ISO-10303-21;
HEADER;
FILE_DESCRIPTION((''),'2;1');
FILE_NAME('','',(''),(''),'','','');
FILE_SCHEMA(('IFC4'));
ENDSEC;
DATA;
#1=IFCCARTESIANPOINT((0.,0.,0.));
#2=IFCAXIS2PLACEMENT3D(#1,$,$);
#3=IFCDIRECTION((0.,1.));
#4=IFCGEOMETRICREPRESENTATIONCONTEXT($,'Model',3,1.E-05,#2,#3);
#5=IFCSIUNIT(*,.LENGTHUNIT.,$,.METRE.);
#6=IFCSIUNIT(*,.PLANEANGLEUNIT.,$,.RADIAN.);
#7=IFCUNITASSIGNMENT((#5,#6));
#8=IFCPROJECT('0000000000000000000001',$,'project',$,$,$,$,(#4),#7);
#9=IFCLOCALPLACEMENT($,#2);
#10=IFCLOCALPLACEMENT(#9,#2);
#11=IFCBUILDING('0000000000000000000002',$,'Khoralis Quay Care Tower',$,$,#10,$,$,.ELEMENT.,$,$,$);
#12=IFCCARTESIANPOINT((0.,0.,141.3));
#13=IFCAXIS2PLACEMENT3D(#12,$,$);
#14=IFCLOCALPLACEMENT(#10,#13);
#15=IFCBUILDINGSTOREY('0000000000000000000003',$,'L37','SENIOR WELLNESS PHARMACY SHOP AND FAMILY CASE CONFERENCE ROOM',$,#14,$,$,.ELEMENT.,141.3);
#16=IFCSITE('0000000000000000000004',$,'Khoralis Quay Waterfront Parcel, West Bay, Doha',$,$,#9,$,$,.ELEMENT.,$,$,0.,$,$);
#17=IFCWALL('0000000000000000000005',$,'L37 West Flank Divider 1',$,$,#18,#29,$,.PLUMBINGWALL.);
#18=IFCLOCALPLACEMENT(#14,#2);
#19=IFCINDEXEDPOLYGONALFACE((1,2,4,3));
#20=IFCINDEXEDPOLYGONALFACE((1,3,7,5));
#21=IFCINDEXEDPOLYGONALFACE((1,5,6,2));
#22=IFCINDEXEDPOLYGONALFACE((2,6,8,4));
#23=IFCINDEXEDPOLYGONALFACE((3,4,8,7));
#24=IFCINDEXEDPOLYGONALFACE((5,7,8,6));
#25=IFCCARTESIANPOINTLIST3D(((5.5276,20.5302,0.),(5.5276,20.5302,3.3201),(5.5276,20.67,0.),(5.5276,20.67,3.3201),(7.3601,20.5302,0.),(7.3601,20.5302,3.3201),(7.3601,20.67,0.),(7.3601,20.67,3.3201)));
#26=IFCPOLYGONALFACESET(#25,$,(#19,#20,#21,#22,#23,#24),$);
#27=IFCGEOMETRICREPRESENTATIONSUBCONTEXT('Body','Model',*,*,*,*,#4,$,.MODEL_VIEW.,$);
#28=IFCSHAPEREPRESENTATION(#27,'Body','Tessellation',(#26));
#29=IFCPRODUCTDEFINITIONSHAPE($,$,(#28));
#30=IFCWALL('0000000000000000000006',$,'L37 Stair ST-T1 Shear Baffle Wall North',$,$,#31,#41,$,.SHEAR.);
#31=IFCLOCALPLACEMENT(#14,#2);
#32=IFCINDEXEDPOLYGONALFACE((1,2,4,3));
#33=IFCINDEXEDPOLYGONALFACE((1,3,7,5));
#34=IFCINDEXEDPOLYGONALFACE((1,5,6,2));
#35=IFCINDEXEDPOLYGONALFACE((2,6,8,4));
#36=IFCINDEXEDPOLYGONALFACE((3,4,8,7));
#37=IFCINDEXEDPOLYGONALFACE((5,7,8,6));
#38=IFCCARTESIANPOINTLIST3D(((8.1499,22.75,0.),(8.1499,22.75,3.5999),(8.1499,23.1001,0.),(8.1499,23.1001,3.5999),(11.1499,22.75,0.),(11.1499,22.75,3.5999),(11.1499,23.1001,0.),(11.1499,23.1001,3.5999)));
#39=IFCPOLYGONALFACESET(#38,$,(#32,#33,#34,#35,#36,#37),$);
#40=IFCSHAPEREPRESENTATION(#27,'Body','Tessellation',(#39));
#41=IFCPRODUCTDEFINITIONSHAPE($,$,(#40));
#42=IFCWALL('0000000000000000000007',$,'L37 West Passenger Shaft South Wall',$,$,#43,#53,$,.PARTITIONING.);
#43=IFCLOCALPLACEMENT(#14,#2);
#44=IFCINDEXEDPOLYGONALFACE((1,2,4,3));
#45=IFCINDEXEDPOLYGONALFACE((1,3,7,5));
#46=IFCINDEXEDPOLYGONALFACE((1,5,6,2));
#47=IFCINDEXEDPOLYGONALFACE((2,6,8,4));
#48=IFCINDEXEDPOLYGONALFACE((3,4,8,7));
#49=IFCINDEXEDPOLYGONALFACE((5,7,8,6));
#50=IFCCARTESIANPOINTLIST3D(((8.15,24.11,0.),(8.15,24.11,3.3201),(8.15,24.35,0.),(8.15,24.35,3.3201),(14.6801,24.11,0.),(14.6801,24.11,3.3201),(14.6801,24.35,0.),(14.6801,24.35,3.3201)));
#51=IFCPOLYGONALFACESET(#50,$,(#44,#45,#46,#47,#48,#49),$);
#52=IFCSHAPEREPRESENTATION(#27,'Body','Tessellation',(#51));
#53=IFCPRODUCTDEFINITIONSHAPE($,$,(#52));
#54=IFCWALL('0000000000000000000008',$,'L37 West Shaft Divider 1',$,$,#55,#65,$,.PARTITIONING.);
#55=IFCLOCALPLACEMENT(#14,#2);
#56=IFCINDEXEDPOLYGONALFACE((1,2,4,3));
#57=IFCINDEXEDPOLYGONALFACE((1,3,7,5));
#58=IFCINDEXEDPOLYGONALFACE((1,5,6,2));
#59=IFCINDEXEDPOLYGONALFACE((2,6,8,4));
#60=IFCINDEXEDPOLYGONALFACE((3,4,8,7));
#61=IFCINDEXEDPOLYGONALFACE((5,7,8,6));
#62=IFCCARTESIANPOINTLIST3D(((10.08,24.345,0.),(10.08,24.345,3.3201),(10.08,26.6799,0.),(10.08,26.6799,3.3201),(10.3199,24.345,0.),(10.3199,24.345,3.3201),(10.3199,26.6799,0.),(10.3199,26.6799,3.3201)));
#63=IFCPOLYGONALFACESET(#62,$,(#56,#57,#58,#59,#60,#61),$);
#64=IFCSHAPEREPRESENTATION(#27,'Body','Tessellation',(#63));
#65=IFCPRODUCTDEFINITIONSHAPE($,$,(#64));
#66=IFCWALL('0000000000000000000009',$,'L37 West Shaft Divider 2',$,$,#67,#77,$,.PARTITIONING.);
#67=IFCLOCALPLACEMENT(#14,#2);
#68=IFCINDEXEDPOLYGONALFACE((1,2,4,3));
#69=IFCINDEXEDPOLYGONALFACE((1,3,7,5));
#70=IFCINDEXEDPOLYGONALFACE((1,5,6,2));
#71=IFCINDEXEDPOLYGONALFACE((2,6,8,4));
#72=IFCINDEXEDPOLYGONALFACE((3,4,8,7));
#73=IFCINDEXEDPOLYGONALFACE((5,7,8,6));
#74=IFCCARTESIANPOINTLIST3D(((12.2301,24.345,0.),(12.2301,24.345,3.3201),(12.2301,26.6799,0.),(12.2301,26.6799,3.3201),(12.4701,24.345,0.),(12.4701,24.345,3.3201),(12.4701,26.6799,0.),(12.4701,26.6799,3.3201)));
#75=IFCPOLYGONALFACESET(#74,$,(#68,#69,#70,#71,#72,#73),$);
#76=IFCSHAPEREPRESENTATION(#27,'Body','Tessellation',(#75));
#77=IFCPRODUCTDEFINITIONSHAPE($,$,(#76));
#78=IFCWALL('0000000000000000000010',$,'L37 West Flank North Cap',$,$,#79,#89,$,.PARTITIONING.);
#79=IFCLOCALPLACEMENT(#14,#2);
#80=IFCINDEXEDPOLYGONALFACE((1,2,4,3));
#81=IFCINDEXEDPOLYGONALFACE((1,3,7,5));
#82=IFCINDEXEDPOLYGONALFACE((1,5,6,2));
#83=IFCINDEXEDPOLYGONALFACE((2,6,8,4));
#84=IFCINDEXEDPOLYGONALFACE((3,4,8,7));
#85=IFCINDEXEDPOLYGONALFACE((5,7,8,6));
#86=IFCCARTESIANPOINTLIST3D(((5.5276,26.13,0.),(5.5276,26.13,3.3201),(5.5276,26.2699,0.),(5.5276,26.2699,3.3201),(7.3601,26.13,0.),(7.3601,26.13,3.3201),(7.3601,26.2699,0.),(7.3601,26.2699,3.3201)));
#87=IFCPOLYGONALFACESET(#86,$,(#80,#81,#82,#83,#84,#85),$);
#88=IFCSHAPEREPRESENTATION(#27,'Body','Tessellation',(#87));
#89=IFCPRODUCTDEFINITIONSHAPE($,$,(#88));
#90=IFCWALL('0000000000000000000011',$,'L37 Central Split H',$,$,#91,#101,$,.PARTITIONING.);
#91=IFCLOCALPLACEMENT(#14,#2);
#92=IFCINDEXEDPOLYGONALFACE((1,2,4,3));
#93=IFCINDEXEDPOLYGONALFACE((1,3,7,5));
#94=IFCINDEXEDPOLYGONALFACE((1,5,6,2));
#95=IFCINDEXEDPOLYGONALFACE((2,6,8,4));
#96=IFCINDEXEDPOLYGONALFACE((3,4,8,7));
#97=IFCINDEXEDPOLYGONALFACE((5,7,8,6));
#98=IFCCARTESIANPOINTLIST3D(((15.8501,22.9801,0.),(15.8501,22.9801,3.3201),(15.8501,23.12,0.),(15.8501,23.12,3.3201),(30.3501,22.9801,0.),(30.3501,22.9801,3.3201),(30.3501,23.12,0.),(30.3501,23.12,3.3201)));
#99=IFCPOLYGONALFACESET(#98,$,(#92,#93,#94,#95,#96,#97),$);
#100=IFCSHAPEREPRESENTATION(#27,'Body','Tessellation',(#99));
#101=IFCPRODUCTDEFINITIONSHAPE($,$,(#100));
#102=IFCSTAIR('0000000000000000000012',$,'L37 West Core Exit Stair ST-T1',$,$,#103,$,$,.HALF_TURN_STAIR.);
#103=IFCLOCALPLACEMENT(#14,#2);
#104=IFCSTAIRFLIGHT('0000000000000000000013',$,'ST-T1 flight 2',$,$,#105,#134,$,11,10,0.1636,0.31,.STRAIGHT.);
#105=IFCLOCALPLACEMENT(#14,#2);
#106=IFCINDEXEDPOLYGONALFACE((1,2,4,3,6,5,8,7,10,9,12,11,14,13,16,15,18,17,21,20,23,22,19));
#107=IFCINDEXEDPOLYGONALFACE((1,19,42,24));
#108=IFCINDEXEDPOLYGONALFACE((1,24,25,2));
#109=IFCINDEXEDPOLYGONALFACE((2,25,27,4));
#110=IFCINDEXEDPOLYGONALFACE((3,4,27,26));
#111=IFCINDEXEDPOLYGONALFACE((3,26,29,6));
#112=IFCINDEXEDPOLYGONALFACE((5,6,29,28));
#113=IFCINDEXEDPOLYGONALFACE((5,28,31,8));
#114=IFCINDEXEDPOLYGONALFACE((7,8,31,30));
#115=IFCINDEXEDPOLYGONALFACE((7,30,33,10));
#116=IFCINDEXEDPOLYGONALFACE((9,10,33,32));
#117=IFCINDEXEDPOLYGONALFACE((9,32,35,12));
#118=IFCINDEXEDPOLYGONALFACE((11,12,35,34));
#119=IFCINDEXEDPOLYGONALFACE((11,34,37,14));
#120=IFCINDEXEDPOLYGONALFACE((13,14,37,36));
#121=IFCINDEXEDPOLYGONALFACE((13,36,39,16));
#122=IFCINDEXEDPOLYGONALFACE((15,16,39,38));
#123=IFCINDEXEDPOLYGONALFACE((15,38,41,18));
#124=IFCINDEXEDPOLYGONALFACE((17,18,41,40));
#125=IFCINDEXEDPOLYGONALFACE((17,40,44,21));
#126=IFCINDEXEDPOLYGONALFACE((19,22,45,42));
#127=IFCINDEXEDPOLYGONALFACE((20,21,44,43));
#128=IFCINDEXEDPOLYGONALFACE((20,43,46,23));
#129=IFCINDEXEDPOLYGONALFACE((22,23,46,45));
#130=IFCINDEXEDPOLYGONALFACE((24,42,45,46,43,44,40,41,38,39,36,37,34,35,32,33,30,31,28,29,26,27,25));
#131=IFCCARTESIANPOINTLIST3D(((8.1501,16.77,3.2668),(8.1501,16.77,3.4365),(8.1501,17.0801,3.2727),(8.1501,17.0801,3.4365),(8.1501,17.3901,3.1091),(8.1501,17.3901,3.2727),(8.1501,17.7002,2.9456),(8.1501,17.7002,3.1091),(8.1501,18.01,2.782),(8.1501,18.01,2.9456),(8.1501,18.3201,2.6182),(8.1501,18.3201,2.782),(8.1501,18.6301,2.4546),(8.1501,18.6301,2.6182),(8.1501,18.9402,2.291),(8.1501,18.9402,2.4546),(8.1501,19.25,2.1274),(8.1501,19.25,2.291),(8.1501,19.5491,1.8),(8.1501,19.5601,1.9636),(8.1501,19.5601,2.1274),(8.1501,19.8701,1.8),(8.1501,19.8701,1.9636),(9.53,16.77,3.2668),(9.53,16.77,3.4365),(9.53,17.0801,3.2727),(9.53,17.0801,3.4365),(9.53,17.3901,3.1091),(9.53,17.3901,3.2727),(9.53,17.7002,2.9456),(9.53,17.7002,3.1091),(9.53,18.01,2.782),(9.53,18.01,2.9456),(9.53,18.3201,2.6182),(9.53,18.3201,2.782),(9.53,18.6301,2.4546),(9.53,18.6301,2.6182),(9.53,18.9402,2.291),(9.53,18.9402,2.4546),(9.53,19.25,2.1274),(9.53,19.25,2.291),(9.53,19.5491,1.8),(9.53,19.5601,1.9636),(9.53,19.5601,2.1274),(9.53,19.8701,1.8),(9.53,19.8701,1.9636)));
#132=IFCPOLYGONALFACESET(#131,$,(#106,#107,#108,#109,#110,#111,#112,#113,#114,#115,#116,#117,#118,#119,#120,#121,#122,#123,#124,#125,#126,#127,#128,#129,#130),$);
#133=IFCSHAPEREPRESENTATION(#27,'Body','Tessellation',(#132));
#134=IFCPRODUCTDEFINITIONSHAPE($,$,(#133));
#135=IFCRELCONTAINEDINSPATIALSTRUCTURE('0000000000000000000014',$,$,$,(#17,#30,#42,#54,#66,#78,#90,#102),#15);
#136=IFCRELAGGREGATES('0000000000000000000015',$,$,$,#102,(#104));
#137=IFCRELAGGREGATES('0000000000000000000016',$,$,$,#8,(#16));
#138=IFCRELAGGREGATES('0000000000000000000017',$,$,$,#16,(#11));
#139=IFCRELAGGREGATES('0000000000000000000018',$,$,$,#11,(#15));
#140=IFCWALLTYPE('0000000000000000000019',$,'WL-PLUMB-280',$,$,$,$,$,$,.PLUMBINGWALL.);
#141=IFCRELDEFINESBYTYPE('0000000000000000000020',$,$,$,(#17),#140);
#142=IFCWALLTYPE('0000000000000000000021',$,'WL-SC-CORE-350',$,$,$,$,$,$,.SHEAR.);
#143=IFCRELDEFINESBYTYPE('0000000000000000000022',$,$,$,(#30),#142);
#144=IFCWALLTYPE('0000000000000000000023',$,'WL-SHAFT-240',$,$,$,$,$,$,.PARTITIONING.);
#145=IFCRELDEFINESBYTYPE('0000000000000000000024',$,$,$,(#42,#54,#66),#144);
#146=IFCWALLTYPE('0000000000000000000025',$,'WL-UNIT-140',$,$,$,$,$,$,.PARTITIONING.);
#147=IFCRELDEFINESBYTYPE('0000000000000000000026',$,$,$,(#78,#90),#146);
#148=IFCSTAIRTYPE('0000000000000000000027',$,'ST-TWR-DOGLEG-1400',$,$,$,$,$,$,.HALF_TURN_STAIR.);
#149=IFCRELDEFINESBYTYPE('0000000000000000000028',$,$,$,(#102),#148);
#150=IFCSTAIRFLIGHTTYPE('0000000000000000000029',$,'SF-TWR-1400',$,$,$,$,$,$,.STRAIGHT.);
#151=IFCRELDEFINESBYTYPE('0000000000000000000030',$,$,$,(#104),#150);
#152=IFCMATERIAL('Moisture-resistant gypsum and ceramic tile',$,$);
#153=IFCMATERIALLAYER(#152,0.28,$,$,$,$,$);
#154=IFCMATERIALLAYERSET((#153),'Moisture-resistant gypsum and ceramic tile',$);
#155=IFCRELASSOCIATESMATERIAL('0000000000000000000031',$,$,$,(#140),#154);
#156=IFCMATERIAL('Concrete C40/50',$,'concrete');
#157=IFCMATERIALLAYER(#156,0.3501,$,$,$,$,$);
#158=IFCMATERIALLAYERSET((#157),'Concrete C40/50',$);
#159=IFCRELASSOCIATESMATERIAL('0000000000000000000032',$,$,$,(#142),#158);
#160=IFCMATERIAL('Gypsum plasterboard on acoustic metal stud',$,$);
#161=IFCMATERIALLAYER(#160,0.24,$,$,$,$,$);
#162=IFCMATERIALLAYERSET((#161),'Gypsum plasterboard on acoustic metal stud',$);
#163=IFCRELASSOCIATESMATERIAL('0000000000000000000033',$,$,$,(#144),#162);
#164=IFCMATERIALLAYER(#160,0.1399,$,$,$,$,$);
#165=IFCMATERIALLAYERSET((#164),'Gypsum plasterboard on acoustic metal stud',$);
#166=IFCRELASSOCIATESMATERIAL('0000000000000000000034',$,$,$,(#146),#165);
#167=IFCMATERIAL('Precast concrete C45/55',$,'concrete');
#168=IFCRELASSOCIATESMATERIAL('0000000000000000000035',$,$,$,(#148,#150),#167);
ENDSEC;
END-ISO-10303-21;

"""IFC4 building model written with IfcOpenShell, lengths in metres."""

from ifc_helpers import new_model, si_unit, direction, frame, frame_2d, origin, place, context, subcontext, project, spatial, polyline, rectangle, outline, extrude, source, transform, mapped, material, layer, layer_set, type_object, element, aggregate, save


model = new_model("IFC4")

# Units and contexts
model_context = context("Model", 3, precision=1e-05, world=origin(), true_north=direction((0.0, 1.0)))
body_context = subcontext(model_context, "Body", "Model", "MODEL_VIEW")
ifc_project = project(units=[si_unit("LENGTHUNIT", "METRE"), si_unit("PLANEANGLEUNIT", "RADIAN")], contexts=[model_context])

# Site, building, storey
site_placement = place(None, origin())
site = spatial("IfcSite", under=ifc_project, at=site_placement, Name="Khoralis Quay Waterfront Parcel, West Bay, Doha", CompositionType="ELEMENT", RefElevation=0.0)
building_placement = place(site_placement, origin())
building = spatial("IfcBuilding", under=site, at=building_placement, Name="Khoralis Quay Care Tower", CompositionType="ELEMENT")
storey_placement = place(building_placement, frame((0.0, 0.0, 141.3)))
storey = spatial("IfcBuildingStorey", under=building, at=storey_placement, Name="L37", Description="SENIOR WELLNESS PHARMACY SHOP AND FAMILY CASE CONFERENCE ROOM", CompositionType="ELEMENT", Elevation=141.3)

# Walls
ifc_material_1 = material(Name="Gypsum plasterboard on acoustic metal stud")
ifc_material_2 = material(Name="Moisture-resistant gypsum and ceramic tile")
ifc_layer_1 = layer(ifc_material_2, 0.28)
ifc_layer_set_1 = layer_set([ifc_layer_1], Name="Moisture-resistant gypsum and ceramic tile")
wall_type_1 = type_object("IfcWallType", Name="WL-PLUMB-280", PredefinedType="PLUMBINGWALL", material=ifc_layer_set_1)
wall_1_placement = place(storey_placement, frame((5.5276, 20.6001, 0.0), z_axis=(0.0, 0.0, 1.0), x_axis=(1.0, 0.0, 0.0)))
element("IfcWall", 1, at=wall_1_placement, inside=storey, type_object=wall_type_1, Name="L37 West Flank Divider 1", PredefinedType="PLUMBINGWALL", context=body_context, shape_type="SweptSolid", body=[
    extrude(rectangle(XDim=1.8325, YDim=0.1399, at=frame_2d((0.9163, 0.0))), origin(), (0.0, 0.0, 1.0), 3.3201),
])
ifc_material_3 = material(Name="Concrete C40/50", Category="concrete")
ifc_layer_2 = layer(ifc_material_3, 0.3501)
ifc_layer_set_2 = layer_set([ifc_layer_2], Name="Concrete C40/50")
wall_type_2 = type_object("IfcWallType", Name="WL-SC-CORE-350", PredefinedType="SHEAR", material=ifc_layer_set_2)
wall_2_placement = place(storey_placement, frame((8.1499, 22.925, 0.0), z_axis=(0.0, 0.0, 1.0), x_axis=(1.0, 0.0, 0.0)))
element("IfcWall", 2, at=wall_2_placement, inside=storey, type_object=wall_type_2, Name="L37 Stair ST-T1 Shear Baffle Wall North", PredefinedType="SHEAR", context=body_context, shape_type="SweptSolid", body=[
    extrude(rectangle(XDim=3.0, YDim=0.3501, at=frame_2d((1.5, 0.0))), origin(), (0.0, 0.0, 1.0), 3.5999),
])
ifc_layer_3 = layer(ifc_material_1, 0.24)
ifc_layer_set_3 = layer_set([ifc_layer_3], Name="Gypsum plasterboard on acoustic metal stud")
wall_type_3 = type_object("IfcWallType", Name="WL-SHAFT-240", PredefinedType="PARTITIONING", material=ifc_layer_set_3)
wall_3_placement = place(storey_placement, frame((8.1499, 24.23, 0.0), z_axis=(0.0, 0.0, 1.0), x_axis=(1.0, 0.0, 0.0)))
element("IfcWall", 3, at=wall_3_placement, inside=storey, type_object=wall_type_3, Name="L37 West Passenger Shaft South Wall", PredefinedType="PARTITIONING", context=body_context, shape_type="SweptSolid", body=[
    extrude(rectangle(XDim=6.53, YDim=0.24, at=frame_2d((3.2651, 0.0))), origin(), (0.0, 0.0, 1.0), 3.3201),
])
for number, where, z_axis, x_axis, name in (
    (4, (10.2, 24.345, 0.0), (0.0, 0.0, 1.0), (0.0, 1.0, 0.0), "L37 West Shaft Divider 1"),
    (5, (12.3501, 24.345, 0.0), (0.0, 0.0, 1.0), (0.0, 1.0, 0.0), "L37 West Shaft Divider 2"),
):
    element("IfcWall", number, at=place(storey_placement, frame(where, z_axis=z_axis, x_axis=x_axis)), inside=storey, type_object=wall_type_3, Name=name, PredefinedType="PARTITIONING", context=body_context, shape_type="SweptSolid", body=[
        extrude(rectangle(XDim=2.335, YDim=0.24, at=frame_2d((1.1675, 0.0))), origin(), (0.0, 0.0, 1.0), 3.3201),
    ])
ifc_layer_4 = layer(ifc_material_1, 0.1399)
ifc_layer_set_4 = layer_set([ifc_layer_4], Name="Gypsum plasterboard on acoustic metal stud")
wall_type_4 = type_object("IfcWallType", Name="WL-UNIT-140", PredefinedType="PARTITIONING", material=ifc_layer_set_4)
wall_4_placement = place(storey_placement, frame((5.5276, 26.2, 0.0), z_axis=(0.0, 0.0, 1.0), x_axis=(1.0, 0.0, 0.0)))
element("IfcWall", 6, at=wall_4_placement, inside=storey, type_object=wall_type_4, Name="L37 West Flank North Cap", PredefinedType="PARTITIONING", context=body_context, shape_type="SweptSolid", body=[
    extrude(rectangle(XDim=1.8325, YDim=0.1399, at=frame_2d((0.9163, 0.0))), origin(), (0.0, 0.0, 1.0), 3.3201),
])
wall_5_placement = place(storey_placement, frame((15.8501, 23.05, 0.0), z_axis=(0.0, 0.0, 1.0), x_axis=(1.0, 0.0, 0.0)))
element("IfcWall", 7, at=wall_5_placement, inside=storey, type_object=wall_type_4, Name="L37 Central Split H", PredefinedType="PARTITIONING", context=body_context, shape_type="SweptSolid", body=[
    extrude(rectangle(XDim=14.5, YDim=0.1399, at=frame_2d((7.25, 0.0))), origin(), (0.0, 0.0, 1.0), 3.3201),
])

# Stair, stair flight
ifc_material_4 = material(Name="Precast concrete C45/55", Category="concrete")
stair_type = type_object("IfcStairType", Name="ST-TWR-DOGLEG-1400", PredefinedType="HALF_TURN_STAIR", material=ifc_material_4)
stair_placement = place(storey_placement, origin())
stair = element("IfcStair", 8, at=stair_placement, inside=storey, type_object=stair_type, Name="L37 West Core Exit Stair ST-T1", PredefinedType="HALF_TURN_STAIR")
stair_flight_type = type_object("IfcStairFlightType", Name="SF-TWR-1400", PredefinedType="STRAIGHT", material=ifc_material_4)
shared_shape_1 = source(origin(), body_context, "Body", "SweptSolid", [
    extrude(outline(polyline([(0.0, 0.0), (0.0, 0.1636), (0.3101, 0.1636), (0.3101, 0.3274), (0.6201, 0.3274), (0.6201, 0.491), (0.9299, 0.491), (0.9299, 0.6545), (1.24, 0.6545), (1.24, 0.8181), (1.55, 0.8181), (1.55, 0.9819), (1.8601, 0.9819), (1.8601, 1.1455), (2.1699, 1.1455), (2.1699, 1.3091), (2.48, 1.3091), (2.48, 1.4727), (2.79, 1.4727), (2.79, 1.6365), (3.1001, 1.6365), (3.1001, 1.8), (3.1001, 1.4668), (0.321, 0.0), (0.0, 0.0)])), frame((0.0, 0.6899, 0.0), z_axis=(0.0, -1.0, 0.0), x_axis=(1.0, 0.0, 0.0)), (0.0, 0.0, 1.0), 1.3799),
])
stair_flight_placement = place(storey_placement, frame((8.8401, 19.8701, 1.8), z_axis=(0.0, 0.0, 1.0), x_axis=(0.0, -1.0, 0.0)))
stair_flight = element("IfcStairFlight", 9, at=stair_flight_placement, type_object=stair_flight_type, Name="ST-T1 flight 2", NumberOfRisers=11, NumberOfTreads=10, PredefinedType="STRAIGHT", RiserHeight=0.1636, TreadLength=0.31, context=body_context, shape_type="MappedRepresentation", body=[
    mapped(shared_shape_1, transform((0.0, 0.0, 0.0), scale=1.0)),
])
aggregate(stair, [stair_flight])

save(model, "model.ifc")
